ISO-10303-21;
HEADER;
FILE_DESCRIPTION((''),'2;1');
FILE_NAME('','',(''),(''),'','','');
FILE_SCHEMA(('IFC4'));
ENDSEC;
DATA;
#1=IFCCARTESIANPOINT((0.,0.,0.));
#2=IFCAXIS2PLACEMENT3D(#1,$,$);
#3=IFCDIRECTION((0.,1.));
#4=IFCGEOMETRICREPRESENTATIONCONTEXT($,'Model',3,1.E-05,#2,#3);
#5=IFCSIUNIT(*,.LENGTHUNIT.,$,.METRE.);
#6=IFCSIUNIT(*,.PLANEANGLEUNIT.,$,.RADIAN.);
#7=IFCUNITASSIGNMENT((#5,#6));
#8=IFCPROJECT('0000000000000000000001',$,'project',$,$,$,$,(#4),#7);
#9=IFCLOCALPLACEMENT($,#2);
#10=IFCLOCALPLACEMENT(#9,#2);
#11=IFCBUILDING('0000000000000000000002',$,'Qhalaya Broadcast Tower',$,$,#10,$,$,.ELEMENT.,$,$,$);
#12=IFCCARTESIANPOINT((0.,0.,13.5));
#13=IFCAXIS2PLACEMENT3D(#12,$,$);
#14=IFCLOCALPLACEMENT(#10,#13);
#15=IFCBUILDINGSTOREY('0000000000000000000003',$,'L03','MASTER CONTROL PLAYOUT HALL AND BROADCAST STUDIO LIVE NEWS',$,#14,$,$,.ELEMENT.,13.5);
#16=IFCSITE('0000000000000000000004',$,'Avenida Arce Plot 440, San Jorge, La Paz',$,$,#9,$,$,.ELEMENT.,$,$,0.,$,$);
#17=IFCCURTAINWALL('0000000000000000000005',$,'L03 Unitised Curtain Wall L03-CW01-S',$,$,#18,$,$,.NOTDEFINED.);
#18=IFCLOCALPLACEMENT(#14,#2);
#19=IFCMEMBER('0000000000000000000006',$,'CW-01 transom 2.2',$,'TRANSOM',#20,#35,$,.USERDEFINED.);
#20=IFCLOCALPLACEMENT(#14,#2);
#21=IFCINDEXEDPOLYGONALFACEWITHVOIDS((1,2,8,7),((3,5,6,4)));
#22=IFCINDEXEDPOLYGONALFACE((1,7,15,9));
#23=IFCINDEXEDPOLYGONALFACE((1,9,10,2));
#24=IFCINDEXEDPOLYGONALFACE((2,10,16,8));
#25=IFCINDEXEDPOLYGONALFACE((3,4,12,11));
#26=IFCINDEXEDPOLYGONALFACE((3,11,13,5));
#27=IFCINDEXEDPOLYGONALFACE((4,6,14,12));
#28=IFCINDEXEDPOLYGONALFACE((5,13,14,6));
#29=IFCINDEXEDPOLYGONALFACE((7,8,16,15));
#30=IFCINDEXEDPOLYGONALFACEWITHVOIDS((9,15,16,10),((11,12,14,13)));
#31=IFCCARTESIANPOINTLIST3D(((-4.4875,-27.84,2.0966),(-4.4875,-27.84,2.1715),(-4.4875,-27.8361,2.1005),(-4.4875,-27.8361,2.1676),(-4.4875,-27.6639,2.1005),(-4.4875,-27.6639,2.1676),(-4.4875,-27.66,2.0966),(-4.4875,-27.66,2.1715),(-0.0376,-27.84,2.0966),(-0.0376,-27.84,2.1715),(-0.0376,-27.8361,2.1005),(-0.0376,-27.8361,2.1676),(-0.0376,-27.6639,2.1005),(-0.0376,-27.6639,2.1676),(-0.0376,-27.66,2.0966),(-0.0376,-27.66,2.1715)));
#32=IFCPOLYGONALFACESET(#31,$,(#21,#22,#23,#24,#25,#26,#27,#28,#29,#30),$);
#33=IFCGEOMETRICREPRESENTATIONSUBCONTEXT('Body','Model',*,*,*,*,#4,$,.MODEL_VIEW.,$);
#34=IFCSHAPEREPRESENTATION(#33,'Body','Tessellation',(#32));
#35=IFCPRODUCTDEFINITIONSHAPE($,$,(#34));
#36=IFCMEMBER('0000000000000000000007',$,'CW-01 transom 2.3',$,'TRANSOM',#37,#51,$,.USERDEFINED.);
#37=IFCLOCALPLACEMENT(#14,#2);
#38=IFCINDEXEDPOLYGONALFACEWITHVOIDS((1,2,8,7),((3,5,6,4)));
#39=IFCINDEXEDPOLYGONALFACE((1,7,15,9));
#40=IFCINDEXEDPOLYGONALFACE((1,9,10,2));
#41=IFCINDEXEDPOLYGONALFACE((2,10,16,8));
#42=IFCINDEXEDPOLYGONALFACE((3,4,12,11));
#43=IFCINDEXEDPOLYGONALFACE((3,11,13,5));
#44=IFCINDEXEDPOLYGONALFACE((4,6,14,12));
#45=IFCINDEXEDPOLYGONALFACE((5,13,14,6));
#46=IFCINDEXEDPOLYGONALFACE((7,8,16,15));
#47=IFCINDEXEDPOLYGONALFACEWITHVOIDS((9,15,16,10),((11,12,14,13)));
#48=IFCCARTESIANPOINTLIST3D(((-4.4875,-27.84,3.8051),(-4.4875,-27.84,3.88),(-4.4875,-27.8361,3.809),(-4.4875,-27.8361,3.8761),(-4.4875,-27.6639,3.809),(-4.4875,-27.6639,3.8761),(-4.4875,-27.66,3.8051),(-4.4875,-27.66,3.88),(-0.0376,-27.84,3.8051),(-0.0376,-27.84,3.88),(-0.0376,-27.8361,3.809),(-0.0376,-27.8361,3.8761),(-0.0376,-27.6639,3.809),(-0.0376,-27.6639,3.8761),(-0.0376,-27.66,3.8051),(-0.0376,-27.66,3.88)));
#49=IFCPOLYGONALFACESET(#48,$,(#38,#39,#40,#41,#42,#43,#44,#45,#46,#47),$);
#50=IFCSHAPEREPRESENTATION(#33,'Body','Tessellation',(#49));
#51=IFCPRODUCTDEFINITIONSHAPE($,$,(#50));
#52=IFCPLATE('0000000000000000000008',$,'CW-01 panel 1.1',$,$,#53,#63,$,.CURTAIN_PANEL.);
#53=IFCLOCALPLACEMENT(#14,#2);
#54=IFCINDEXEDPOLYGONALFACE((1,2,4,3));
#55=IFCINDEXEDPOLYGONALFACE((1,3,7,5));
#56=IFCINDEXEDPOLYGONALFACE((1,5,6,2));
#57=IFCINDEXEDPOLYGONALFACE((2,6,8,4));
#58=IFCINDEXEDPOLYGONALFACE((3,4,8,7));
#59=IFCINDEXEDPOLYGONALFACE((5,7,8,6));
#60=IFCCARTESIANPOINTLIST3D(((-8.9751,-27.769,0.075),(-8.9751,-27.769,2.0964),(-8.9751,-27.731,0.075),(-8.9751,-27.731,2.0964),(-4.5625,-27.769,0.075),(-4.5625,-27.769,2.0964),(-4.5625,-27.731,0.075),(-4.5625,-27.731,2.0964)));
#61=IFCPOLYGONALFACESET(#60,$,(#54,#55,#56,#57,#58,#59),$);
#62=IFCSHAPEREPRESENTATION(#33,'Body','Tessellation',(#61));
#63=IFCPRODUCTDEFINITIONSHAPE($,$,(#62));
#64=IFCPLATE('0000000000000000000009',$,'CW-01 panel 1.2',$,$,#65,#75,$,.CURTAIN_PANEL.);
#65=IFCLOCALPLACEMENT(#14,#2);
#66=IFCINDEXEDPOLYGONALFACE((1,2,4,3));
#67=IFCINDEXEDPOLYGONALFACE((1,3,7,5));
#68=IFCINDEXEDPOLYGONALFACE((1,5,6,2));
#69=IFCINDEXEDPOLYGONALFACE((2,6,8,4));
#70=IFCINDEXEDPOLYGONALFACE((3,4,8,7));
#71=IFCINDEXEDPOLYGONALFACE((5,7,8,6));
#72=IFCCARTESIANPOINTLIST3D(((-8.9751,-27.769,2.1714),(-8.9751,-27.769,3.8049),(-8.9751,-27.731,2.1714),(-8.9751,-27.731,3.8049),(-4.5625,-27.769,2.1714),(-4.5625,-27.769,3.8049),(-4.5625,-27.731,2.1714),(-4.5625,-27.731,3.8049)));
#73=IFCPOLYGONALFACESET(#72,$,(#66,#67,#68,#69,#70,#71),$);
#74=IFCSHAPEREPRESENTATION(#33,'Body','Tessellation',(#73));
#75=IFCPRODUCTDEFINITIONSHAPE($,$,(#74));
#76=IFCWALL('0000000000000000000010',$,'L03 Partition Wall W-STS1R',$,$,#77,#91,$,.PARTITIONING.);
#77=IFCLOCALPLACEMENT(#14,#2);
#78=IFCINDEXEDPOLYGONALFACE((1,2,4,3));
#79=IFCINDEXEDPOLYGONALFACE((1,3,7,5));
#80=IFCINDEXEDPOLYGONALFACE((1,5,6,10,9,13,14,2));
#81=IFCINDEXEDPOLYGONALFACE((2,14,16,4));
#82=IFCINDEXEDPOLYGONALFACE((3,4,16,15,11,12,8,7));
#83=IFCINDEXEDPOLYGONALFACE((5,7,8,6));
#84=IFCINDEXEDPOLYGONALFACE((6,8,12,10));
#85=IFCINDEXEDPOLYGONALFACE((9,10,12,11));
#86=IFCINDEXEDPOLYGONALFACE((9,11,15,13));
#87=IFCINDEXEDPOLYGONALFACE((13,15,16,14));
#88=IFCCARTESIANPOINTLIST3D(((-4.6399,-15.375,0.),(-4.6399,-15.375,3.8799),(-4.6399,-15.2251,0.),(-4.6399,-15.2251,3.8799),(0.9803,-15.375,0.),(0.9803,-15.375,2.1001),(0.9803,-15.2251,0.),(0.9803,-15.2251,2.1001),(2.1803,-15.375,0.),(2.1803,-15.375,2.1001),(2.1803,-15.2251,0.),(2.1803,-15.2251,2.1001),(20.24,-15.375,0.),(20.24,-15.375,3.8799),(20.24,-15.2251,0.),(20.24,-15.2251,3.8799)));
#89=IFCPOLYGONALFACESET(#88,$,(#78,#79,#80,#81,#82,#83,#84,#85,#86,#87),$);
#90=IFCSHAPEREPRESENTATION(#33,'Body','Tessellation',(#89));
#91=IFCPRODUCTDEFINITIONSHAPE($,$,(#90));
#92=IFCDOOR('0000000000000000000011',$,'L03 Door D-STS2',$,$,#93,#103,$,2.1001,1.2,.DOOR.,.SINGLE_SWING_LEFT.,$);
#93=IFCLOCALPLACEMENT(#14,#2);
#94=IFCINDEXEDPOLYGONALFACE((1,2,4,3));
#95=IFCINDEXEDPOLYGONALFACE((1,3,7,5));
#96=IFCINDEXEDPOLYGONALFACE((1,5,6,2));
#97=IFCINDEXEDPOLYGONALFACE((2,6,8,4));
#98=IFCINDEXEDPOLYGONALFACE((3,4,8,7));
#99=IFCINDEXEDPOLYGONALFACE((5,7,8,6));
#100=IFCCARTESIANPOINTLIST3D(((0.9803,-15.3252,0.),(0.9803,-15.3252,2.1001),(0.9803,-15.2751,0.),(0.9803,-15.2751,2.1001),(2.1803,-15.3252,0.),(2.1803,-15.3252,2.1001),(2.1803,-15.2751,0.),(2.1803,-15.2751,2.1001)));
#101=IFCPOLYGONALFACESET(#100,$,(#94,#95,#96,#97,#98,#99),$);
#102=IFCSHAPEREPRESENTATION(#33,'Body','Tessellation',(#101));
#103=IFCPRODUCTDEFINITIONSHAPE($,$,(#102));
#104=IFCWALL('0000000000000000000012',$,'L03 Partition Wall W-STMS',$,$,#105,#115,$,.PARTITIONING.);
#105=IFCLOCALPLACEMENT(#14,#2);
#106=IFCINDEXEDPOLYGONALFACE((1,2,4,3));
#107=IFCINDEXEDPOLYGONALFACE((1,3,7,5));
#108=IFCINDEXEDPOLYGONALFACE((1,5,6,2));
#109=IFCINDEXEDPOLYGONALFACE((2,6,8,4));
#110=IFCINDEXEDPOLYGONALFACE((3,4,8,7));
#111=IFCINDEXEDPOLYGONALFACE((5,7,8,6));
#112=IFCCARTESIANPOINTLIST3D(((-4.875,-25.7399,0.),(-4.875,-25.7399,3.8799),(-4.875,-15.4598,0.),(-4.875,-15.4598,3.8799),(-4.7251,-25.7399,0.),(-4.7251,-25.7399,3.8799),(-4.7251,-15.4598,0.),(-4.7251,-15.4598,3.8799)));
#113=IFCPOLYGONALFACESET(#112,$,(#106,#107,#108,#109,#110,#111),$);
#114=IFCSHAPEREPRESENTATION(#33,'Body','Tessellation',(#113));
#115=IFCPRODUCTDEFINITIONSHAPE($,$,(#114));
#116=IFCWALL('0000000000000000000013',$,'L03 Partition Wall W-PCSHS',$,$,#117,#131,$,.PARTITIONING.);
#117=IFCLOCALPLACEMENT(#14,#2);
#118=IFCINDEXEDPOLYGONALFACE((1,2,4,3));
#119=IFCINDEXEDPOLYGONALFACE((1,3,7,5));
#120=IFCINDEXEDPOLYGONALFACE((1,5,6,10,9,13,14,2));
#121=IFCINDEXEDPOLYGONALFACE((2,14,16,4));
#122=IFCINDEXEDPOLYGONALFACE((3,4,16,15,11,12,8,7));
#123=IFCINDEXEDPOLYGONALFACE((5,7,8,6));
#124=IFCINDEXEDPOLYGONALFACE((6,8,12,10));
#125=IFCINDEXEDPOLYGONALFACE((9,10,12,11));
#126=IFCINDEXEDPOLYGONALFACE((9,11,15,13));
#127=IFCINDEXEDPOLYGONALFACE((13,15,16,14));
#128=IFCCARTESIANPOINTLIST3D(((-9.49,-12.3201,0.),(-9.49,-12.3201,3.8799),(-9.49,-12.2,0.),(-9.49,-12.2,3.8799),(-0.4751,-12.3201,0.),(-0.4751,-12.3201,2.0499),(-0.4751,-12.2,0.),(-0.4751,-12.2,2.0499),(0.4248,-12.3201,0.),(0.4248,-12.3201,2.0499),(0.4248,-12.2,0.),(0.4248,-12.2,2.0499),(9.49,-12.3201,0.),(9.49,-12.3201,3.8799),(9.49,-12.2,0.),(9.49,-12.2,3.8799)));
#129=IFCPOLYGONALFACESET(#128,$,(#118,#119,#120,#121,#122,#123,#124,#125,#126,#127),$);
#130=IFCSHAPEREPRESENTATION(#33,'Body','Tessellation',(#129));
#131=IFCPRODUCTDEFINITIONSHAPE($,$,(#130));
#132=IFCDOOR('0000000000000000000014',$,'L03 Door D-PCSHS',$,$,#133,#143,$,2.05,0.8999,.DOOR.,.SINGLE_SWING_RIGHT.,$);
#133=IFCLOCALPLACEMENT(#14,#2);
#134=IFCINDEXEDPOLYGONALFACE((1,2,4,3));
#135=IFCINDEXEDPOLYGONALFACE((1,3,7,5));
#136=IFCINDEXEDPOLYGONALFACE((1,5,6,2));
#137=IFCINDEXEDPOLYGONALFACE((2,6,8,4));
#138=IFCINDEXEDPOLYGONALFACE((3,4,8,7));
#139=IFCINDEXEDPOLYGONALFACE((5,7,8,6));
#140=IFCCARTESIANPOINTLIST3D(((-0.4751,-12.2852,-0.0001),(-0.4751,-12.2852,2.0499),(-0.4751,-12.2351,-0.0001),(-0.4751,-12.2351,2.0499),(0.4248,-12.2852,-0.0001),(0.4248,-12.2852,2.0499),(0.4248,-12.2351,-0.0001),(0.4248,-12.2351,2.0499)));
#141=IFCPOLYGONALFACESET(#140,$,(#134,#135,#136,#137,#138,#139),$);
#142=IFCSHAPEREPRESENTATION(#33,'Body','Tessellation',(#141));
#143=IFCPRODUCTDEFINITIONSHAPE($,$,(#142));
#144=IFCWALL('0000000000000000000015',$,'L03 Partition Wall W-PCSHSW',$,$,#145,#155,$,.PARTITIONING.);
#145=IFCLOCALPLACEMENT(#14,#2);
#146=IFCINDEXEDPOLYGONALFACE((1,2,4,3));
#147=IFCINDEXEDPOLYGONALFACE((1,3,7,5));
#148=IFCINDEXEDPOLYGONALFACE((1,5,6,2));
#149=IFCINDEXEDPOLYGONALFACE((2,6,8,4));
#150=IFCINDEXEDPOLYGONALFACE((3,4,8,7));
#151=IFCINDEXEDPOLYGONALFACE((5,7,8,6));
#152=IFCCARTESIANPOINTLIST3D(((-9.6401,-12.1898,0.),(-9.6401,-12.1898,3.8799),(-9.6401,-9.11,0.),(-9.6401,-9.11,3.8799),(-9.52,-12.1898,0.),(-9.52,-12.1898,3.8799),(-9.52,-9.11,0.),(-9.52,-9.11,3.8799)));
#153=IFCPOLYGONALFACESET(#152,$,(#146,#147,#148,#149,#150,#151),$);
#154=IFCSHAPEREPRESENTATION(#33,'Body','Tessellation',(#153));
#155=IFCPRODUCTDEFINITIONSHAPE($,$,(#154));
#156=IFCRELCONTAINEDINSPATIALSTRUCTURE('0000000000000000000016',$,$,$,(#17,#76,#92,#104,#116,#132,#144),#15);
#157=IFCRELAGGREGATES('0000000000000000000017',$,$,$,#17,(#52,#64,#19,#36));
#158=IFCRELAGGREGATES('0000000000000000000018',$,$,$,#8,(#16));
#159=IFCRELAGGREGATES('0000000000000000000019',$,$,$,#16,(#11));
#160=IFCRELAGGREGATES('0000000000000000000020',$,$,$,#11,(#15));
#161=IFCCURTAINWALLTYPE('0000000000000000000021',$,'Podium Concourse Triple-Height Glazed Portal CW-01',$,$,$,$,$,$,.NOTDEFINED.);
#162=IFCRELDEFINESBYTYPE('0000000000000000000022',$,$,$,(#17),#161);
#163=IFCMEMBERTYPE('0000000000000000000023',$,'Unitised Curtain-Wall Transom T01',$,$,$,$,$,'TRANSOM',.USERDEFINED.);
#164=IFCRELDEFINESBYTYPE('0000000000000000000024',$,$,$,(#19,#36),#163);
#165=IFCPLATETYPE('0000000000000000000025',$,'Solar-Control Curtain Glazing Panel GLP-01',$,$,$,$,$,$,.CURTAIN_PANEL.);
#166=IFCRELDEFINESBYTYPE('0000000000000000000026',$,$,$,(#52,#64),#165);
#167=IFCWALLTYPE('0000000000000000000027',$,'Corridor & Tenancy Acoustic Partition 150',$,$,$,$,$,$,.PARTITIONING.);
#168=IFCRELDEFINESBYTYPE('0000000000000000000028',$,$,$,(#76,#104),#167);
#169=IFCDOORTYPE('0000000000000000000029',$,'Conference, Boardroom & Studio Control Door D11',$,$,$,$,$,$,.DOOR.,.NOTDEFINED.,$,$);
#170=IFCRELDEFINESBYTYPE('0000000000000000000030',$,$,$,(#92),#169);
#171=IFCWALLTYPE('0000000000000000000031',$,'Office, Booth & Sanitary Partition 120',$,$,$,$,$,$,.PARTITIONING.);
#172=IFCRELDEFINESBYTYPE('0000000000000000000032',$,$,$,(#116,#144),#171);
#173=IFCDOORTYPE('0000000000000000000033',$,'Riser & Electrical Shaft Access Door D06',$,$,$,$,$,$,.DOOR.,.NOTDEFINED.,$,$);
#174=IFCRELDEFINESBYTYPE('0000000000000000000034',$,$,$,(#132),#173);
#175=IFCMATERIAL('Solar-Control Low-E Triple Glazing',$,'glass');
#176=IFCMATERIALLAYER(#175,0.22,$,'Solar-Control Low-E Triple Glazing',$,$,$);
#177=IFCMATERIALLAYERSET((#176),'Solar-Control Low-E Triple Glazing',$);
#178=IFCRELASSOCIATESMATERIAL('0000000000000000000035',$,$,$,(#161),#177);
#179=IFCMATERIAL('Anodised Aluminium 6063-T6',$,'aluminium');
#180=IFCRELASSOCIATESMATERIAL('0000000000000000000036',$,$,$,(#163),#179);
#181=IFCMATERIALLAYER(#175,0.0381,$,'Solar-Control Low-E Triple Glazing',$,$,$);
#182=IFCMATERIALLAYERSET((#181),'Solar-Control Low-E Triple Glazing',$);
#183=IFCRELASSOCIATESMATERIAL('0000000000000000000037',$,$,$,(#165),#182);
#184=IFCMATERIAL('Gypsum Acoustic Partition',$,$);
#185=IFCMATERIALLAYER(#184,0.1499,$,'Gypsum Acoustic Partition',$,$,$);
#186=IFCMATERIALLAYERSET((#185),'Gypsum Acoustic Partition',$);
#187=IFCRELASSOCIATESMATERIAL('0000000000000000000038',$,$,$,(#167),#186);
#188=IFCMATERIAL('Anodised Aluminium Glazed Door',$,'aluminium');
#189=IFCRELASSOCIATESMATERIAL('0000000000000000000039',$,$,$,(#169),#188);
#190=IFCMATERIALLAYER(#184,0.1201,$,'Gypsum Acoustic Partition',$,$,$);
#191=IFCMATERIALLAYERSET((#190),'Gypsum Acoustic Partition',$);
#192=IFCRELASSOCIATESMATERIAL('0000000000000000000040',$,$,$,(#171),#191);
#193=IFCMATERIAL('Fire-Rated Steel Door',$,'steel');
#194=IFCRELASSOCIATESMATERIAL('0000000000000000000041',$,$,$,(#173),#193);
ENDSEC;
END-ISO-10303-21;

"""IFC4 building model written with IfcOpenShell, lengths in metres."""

from ifc_helpers import new_model, si_unit, direction, frame, frame_2d, origin, origin_2d, place, context, subcontext, project, spatial, rectangle, hollow_rectangle, extrude, material, layer, layer_set, material_profile, profile_set, type_object, element, fill, aggregate, save


model = new_model("IFC4")

# Units and contexts
model_context = context("Model", 3, precision=1e-05, world=origin(), true_north=direction((0.0, 1.0)))
body_context = subcontext(model_context, "Body", "Model", "MODEL_VIEW")
ifc_project = project(units=[si_unit("LENGTHUNIT", "METRE"), si_unit("PLANEANGLEUNIT", "RADIAN")], contexts=[model_context])

# Site, building, storey
site_placement = place(None, origin())
site = spatial("IfcSite", under=ifc_project, at=site_placement, Name="Avenida Arce Plot 440, San Jorge, La Paz", CompositionType="ELEMENT", RefElevation=0.0)
building_placement = place(site_placement, origin())
building = spatial("IfcBuilding", under=site, at=building_placement, Name="Qhalaya Broadcast Tower", CompositionType="ELEMENT")
storey_placement = place(building_placement, frame((0.0, 0.0, 13.5)))
storey = spatial("IfcBuildingStorey", under=building, at=storey_placement, Name="L03", Description="MASTER CONTROL PLAYOUT HALL AND BROADCAST STUDIO LIVE NEWS", CompositionType="ELEMENT", Elevation=13.5)

# Curtain wall, members, plates
ifc_material_1 = material(Name="Solar-Control Low-E Triple Glazing", Category="glass")
ifc_layer_1 = layer(ifc_material_1, 0.22, Name="Solar-Control Low-E Triple Glazing")
ifc_layer_set_1 = layer_set([ifc_layer_1], Name="Solar-Control Low-E Triple Glazing")
curtain_wall_type = type_object("IfcCurtainWallType", Name="Podium Concourse Triple-Height Glazed Portal CW-01", PredefinedType="NOTDEFINED", material=ifc_layer_set_1)
curtain_wall_placement = place(storey_placement, origin())
curtain_wall = element("IfcCurtainWall", 1, at=curtain_wall_placement, inside=storey, type_object=curtain_wall_type, Name="L03 Unitised Curtain Wall L03-CW01-S", PredefinedType="NOTDEFINED")
ifc_material_2 = material(Name="Anodised Aluminium 6063-T6", Category="aluminium")
ifc_material_profile_1 = material_profile(ifc_material_2, hollow_rectangle(XDim=0.075, YDim=0.1799, WallThickness=0.0039, at=origin_2d()), Name="ALU-TRN 75x180x4")
ifc_profile_set_1 = profile_set([ifc_material_profile_1], Name="Anodised Aluminium 6063-T6")
member_type_1 = type_object("IfcMemberType", Name="Unitised Curtain-Wall Transom T01", ElementType="TRANSOM", PredefinedType="USERDEFINED", material=ifc_profile_set_1)
member_1_placement = place(storey_placement, frame((-4.4875, -27.75, 2.134), z_axis=(1.0, 0.0, 0.0), x_axis=(0.0, 0.0, 1.0)))
member_1 = element("IfcMember", 2, at=member_1_placement, type_object=member_type_1, Name="CW-01 transom 2.2", ObjectType="TRANSOM", PredefinedType="USERDEFINED", context=body_context, shape_type="SweptSolid", body=[
    extrude(hollow_rectangle(XDim=0.075, YDim=0.1799, WallThickness=0.0039, at=origin_2d()), origin(), (0.0, 0.0, 1.0), 4.45),
])
member_2_placement = place(storey_placement, frame((-4.4875, -27.75, 3.8425), z_axis=(1.0, 0.0, 0.0), x_axis=(0.0, 0.0, 1.0)))
member_2 = element("IfcMember", 3, at=member_2_placement, type_object=member_type_1, Name="CW-01 transom 2.3", ObjectType="TRANSOM", PredefinedType="USERDEFINED", context=body_context, shape_type="SweptSolid", body=[
    extrude(hollow_rectangle(XDim=0.075, YDim=0.1799, WallThickness=0.0039, at=origin_2d()), origin(), (0.0, 0.0, 1.0), 4.45),
])
ifc_layer_2 = layer(ifc_material_1, 0.0381, Name="Solar-Control Low-E Triple Glazing")
ifc_layer_set_2 = layer_set([ifc_layer_2], Name="Solar-Control Low-E Triple Glazing")
plate_type = type_object("IfcPlateType", Name="Solar-Control Curtain Glazing Panel GLP-01", PredefinedType="CURTAIN_PANEL", material=ifc_layer_set_2)
plate_1_placement = place(storey_placement, frame((-6.7688, -27.75, 0.075), z_axis=(0.0, 0.0, 1.0), x_axis=(1.0, 0.0, 0.0)))
plate_1 = element("IfcPlate", 4, at=plate_1_placement, type_object=plate_type, Name="CW-01 panel 1.1", PredefinedType="CURTAIN_PANEL", context=body_context, shape_type="SweptSolid", body=[
    extrude(rectangle(XDim=4.4126, YDim=0.0381, at=origin_2d()), origin(), (0.0, 0.0, 1.0), 2.0215),
])
plate_2_placement = place(storey_placement, frame((-6.7688, -27.75, 2.1714), z_axis=(0.0, 0.0, 1.0), x_axis=(1.0, 0.0, 0.0)))
plate_2 = element("IfcPlate", 5, at=plate_2_placement, type_object=plate_type, Name="CW-01 panel 1.2", PredefinedType="CURTAIN_PANEL", context=body_context, shape_type="SweptSolid", body=[
    extrude(rectangle(XDim=4.4126, YDim=0.0381, at=origin_2d()), origin(), (0.0, 0.0, 1.0), 1.6335),
])
aggregate(curtain_wall, [plate_1, plate_2, member_1, member_2])

# Wall, opening, door
ifc_material_3 = material(Name="Gypsum Acoustic Partition")
ifc_layer_3 = layer(ifc_material_3, 0.1499, Name="Gypsum Acoustic Partition")
ifc_layer_set_3 = layer_set([ifc_layer_3], Name="Gypsum Acoustic Partition")
wall_type_1 = type_object("IfcWallType", Name="Corridor & Tenancy Acoustic Partition 150", PredefinedType="PARTITIONING", material=ifc_layer_set_3)
wall_1_placement = place(storey_placement, frame((-4.6399, -15.3, 0.0), z_axis=(0.0, 0.0, 1.0), x_axis=(1.0, 0.0, 0.0)))
wall_1 = element("IfcWall", 6, at=wall_1_placement, inside=storey, type_object=wall_type_1, Name="L03 Partition Wall W-STS1R", PredefinedType="PARTITIONING", context=body_context, shape_type="SweptSolid", body=[
    extrude(rectangle(XDim=24.8799, YDim=0.1499, at=frame_2d((12.4399, 0.0))), origin(), (0.0, 0.0, 1.0), 3.8799),
])
opening_1_placement = place(wall_1_placement, frame((5.6201, 0.0, 0.0)))
opening_1 = element("IfcOpeningElement", 7, at=opening_1_placement, cuts=wall_1, PredefinedType="OPENING", context=body_context, shape_type="SweptSolid", body=[
    extrude(rectangle(XDim=1.2, YDim=2.1001, at=frame_2d((0.6001, 1.05))), frame((0.0, 0.0869, 0.0), z_axis=(0.0, -1.0, 0.0), x_axis=(1.0, 0.0, 0.0)), (0.0, 0.0, 1.0), 0.1738),
])
ifc_material_4 = material(Name="Anodised Aluminium Glazed Door", Category="aluminium")
door_type_1 = type_object("IfcDoorType", Name="Conference, Boardroom & Studio Control Door D11", OperationType="NOTDEFINED", PredefinedType="DOOR", material=ifc_material_4)
door_1_placement = place(opening_1_placement, origin())
door_1 = element("IfcDoor", 8, at=door_1_placement, inside=storey, type_object=door_type_1, Name="L03 Door D-STS2", OperationType="SINGLE_SWING_LEFT", OverallHeight=2.1001, OverallWidth=1.2, PredefinedType="DOOR", context=body_context, shape_type="SweptSolid", body=[
    extrude(rectangle(XDim=1.2, YDim=2.1001, at=frame_2d((0.6001, 1.05))), frame((0.0, 0.0249, 0.0), z_axis=(0.0, -1.0, 0.0), x_axis=(1.0, 0.0, 0.0)), (0.0, 0.0, 1.0), 0.05),
])
fill(opening_1, door_1)

# Wall
wall_2_placement = place(storey_placement, frame((-4.8, -25.74, 0.0), z_axis=(0.0, 0.0, 1.0), x_axis=(0.0, 1.0, 0.0)))
element("IfcWall", 9, at=wall_2_placement, inside=storey, type_object=wall_type_1, Name="L03 Partition Wall W-STMS", PredefinedType="PARTITIONING", context=body_context, shape_type="SweptSolid", body=[
    extrude(rectangle(XDim=10.28, YDim=0.1499, at=frame_2d((5.1401, 0.0))), origin(), (0.0, 0.0, 1.0), 3.8799),
])

# Wall, opening, door
ifc_layer_4 = layer(ifc_material_3, 0.1201, Name="Gypsum Acoustic Partition")
ifc_layer_set_4 = layer_set([ifc_layer_4], Name="Gypsum Acoustic Partition")
wall_type_2 = type_object("IfcWallType", Name="Office, Booth & Sanitary Partition 120", PredefinedType="PARTITIONING", material=ifc_layer_set_4)
wall_3_placement = place(storey_placement, frame((-9.49, -12.26, 0.0), z_axis=(0.0, 0.0, 1.0), x_axis=(1.0, 0.0, 0.0)))
wall_3 = element("IfcWall", 10, at=wall_3_placement, inside=storey, type_object=wall_type_2, Name="L03 Partition Wall W-PCSHS", PredefinedType="PARTITIONING", context=body_context, shape_type="SweptSolid", body=[
    extrude(rectangle(XDim=18.98, YDim=0.1201, at=frame_2d((9.49, 0.0))), origin(), (0.0, 0.0, 1.0), 3.8799),
])
opening_2_placement = place(wall_3_placement, frame((9.0149, 0.0, 0.0)))
opening_2 = element("IfcOpeningElement", 11, at=opening_2_placement, cuts=wall_3, PredefinedType="OPENING", context=body_context, shape_type="SweptSolid", body=[
    extrude(rectangle(XDim=0.8999, YDim=2.05, at=frame_2d((0.45, 1.0249))), frame((0.0, 0.072, 0.0), z_axis=(0.0, -1.0, 0.0), x_axis=(1.0, 0.0, 0.0)), (0.0, 0.0, 1.0), 0.144),
])
ifc_material_5 = material(Name="Fire-Rated Steel Door", Category="steel")
door_type_2 = type_object("IfcDoorType", Name="Riser & Electrical Shaft Access Door D06", OperationType="NOTDEFINED", PredefinedType="DOOR", material=ifc_material_5)
door_2_placement = place(opening_2_placement, origin())
door_2 = element("IfcDoor", 12, at=door_2_placement, inside=storey, type_object=door_type_2, Name="L03 Door D-PCSHS", OperationType="SINGLE_SWING_RIGHT", OverallHeight=2.05, OverallWidth=0.8999, PredefinedType="DOOR", context=body_context, shape_type="SweptSolid", body=[
    extrude(rectangle(XDim=0.8999, YDim=2.05, at=frame_2d((0.45, 1.0249))), frame((0.0, 0.0249, 0.0), z_axis=(0.0, -1.0, 0.0), x_axis=(1.0, 0.0, 0.0)), (0.0, 0.0, 1.0), 0.05),
])
fill(opening_2, door_2)

# Wall
wall_4_placement = place(storey_placement, frame((-9.5801, -12.1899, 0.0), z_axis=(0.0, 0.0, 1.0), x_axis=(0.0, 1.0, 0.0)))
element("IfcWall", 13, at=wall_4_placement, inside=storey, type_object=wall_type_2, Name="L03 Partition Wall W-PCSHSW", PredefinedType="PARTITIONING", context=body_context, shape_type="SweptSolid", body=[
    extrude(rectangle(XDim=3.0798, YDim=0.1201, at=frame_2d((1.54, 0.0))), origin(), (0.0, 0.0, 1.0), 3.8799),
])

save(model, "model.ifc")
